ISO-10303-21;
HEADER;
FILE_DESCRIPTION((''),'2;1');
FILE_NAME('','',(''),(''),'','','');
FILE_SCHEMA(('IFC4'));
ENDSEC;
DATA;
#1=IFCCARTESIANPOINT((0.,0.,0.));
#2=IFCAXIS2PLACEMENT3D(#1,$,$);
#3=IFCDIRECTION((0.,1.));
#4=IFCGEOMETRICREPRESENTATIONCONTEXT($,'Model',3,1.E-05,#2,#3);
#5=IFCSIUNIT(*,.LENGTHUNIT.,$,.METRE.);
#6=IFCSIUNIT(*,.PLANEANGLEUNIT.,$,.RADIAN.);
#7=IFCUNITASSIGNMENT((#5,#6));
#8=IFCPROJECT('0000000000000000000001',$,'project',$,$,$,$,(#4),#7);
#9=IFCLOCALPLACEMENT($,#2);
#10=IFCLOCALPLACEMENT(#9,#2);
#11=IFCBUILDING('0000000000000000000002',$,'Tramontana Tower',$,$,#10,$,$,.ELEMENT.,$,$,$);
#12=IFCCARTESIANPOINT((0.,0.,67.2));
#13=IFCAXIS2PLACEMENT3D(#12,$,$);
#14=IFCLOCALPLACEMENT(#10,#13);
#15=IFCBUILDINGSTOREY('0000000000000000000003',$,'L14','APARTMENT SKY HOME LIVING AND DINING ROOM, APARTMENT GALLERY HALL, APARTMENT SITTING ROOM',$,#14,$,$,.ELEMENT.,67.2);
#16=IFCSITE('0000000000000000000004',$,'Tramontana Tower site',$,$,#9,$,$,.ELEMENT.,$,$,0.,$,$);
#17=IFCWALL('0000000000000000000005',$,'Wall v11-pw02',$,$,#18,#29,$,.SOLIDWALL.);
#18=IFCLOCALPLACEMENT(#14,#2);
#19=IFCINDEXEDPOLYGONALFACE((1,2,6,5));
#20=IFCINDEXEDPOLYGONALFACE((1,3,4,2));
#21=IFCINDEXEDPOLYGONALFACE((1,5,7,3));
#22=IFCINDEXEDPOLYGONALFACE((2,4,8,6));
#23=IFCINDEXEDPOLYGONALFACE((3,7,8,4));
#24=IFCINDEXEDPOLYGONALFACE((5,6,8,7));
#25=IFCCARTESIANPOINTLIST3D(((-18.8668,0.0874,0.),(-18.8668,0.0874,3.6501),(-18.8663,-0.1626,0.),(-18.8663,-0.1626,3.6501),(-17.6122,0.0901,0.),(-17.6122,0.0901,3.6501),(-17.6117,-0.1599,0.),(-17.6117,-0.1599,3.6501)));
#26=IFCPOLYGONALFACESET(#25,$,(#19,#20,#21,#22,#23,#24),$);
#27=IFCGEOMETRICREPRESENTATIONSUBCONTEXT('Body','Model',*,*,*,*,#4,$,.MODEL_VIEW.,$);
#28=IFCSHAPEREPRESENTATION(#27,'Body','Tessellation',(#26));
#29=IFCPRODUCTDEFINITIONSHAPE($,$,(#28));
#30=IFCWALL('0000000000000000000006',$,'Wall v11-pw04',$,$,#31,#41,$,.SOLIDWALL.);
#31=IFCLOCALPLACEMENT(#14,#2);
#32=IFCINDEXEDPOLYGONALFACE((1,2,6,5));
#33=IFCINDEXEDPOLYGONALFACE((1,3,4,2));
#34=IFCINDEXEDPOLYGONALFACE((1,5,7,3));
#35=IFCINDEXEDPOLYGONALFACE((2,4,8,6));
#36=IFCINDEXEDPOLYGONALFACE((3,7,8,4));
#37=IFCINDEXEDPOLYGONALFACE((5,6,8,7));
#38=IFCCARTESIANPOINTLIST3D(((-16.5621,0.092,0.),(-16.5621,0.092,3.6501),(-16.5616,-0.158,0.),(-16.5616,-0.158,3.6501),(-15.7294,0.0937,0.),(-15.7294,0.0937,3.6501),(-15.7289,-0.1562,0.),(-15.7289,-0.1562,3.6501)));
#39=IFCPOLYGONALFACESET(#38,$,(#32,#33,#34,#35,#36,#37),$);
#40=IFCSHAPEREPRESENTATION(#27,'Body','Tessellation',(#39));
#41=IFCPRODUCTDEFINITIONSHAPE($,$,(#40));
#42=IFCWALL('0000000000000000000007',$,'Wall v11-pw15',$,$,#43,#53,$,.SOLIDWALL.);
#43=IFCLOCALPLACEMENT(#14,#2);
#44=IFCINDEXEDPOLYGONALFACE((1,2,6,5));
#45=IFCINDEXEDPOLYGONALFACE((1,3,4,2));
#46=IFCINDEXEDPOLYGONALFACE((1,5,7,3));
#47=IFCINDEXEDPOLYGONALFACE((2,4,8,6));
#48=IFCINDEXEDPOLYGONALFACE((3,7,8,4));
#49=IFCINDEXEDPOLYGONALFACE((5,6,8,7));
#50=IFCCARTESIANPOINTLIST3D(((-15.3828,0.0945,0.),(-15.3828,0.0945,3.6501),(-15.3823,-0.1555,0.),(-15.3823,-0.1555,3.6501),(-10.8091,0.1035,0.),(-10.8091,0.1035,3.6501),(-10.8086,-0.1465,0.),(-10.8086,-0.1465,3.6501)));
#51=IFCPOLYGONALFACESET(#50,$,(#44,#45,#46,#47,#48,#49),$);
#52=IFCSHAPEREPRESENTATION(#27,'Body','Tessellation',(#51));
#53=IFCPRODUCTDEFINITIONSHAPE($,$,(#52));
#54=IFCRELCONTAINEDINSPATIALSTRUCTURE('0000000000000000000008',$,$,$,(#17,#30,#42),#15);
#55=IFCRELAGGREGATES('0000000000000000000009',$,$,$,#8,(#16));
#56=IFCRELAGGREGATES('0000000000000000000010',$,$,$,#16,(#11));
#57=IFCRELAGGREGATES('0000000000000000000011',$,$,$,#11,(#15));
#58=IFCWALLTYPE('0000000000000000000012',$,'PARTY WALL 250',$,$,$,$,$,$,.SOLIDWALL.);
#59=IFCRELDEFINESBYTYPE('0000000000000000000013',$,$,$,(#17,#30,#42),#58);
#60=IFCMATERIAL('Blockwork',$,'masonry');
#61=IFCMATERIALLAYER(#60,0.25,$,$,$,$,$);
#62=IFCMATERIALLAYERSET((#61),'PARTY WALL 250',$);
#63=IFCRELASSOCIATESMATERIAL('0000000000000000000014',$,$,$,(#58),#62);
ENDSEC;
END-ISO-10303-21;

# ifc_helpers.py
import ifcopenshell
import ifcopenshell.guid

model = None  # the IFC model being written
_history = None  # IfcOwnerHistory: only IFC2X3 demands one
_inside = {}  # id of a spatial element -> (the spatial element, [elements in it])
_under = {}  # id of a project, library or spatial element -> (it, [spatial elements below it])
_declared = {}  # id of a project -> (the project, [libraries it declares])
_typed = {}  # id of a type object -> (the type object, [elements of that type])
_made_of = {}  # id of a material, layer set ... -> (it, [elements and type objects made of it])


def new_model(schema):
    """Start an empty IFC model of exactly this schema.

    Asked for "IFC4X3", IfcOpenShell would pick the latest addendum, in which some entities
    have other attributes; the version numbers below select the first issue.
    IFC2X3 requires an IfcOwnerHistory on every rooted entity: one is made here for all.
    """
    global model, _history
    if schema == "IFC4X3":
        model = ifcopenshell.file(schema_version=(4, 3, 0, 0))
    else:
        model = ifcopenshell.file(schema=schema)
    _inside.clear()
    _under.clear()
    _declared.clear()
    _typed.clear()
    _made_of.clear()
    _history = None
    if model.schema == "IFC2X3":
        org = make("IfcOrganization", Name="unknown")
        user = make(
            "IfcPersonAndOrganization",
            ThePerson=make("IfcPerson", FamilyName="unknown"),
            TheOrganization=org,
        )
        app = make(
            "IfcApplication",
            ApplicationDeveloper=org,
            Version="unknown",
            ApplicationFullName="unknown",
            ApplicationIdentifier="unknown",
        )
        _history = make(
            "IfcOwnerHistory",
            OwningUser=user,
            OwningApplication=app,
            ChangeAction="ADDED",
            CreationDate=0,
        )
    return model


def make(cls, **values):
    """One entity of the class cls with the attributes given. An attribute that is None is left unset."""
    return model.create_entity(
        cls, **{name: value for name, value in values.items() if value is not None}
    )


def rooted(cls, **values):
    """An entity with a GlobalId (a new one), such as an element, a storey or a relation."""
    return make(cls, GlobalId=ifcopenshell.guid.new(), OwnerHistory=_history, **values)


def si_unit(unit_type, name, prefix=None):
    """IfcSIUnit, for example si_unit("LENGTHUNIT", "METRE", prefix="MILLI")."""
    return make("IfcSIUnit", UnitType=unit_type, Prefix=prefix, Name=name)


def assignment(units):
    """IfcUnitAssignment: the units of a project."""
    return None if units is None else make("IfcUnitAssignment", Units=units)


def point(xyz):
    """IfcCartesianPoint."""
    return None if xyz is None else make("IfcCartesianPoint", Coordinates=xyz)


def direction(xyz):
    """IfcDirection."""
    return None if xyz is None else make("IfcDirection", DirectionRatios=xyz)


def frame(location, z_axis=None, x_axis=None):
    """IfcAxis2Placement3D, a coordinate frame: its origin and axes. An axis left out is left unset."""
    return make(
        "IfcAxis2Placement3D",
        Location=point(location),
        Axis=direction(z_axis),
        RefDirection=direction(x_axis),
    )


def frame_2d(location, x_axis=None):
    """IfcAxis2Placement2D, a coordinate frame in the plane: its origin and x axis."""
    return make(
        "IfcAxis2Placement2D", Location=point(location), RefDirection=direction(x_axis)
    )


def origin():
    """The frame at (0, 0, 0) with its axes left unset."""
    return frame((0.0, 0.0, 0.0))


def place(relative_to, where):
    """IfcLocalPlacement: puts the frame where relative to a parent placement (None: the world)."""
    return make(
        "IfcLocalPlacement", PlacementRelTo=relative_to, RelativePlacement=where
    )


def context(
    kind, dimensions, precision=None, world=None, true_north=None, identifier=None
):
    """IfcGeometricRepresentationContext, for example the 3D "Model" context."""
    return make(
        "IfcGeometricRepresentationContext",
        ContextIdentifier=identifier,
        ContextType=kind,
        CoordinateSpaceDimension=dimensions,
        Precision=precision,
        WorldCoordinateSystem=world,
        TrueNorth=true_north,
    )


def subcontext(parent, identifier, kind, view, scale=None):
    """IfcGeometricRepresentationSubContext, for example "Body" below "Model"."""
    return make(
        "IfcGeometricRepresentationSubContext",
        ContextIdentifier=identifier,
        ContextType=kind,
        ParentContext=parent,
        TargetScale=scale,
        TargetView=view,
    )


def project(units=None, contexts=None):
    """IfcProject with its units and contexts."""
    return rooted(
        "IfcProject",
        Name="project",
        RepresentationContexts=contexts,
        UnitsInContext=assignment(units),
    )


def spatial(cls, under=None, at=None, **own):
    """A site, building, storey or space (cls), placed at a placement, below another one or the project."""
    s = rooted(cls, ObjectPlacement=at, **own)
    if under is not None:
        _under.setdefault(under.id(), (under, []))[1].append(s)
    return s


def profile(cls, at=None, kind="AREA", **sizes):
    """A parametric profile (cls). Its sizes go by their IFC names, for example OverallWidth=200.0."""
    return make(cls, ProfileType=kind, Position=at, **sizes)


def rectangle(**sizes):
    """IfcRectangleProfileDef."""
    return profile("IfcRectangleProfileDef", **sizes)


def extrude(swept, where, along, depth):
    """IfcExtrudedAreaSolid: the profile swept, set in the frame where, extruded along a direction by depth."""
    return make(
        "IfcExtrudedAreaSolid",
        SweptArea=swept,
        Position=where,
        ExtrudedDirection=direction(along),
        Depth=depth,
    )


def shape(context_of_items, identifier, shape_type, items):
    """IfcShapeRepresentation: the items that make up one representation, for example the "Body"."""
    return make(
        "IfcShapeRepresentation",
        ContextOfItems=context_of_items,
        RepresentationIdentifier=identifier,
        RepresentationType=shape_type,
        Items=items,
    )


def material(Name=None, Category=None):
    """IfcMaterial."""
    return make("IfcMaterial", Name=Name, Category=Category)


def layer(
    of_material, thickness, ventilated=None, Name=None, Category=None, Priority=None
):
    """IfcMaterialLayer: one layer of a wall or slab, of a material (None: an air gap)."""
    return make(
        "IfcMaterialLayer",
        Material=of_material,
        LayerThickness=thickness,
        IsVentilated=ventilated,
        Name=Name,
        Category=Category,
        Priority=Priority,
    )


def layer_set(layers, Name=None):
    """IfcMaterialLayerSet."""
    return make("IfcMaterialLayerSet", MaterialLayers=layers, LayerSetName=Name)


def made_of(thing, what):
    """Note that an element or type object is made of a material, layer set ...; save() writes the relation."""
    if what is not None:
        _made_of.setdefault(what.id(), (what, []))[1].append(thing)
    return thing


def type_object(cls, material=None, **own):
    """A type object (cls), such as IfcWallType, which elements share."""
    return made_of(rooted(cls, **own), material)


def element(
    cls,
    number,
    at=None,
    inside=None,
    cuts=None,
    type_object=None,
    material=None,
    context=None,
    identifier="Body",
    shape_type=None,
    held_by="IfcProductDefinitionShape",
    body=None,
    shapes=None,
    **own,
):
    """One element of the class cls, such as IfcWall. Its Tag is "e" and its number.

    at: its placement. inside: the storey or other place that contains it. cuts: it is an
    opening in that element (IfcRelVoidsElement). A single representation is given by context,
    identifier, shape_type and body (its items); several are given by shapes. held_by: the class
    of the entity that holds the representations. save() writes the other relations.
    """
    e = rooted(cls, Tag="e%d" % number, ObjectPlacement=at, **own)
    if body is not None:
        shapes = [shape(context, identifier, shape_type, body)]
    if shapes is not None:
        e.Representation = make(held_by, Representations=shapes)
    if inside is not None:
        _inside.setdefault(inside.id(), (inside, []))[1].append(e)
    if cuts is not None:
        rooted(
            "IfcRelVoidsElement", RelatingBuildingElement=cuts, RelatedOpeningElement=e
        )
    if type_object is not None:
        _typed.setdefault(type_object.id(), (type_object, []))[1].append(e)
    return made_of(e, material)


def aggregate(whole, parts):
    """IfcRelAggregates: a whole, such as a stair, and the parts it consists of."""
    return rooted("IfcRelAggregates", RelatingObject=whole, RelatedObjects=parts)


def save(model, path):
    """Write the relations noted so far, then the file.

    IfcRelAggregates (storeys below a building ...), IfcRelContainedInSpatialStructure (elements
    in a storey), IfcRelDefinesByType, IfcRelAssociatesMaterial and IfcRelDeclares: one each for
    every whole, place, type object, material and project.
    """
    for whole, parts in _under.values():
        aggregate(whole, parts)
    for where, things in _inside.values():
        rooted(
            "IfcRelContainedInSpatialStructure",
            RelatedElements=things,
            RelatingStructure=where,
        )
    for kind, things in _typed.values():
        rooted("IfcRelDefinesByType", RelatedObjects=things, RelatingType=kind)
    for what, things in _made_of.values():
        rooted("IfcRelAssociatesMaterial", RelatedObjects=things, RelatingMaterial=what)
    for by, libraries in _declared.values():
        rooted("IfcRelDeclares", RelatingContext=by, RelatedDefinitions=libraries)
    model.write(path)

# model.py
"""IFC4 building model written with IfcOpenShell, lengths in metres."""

from ifc_helpers import new_model, si_unit, direction, frame, frame_2d, origin, place, context, subcontext, project, spatial, rectangle, extrude, material, layer, layer_set, type_object, element, save


model = new_model("IFC4")

# Units and contexts
model_context = context("Model", 3, precision=1e-05, world=origin(), true_north=direction((0.0, 1.0)))
body_context = subcontext(model_context, "Body", "Model", "MODEL_VIEW")
ifc_project = project(units=[si_unit("LENGTHUNIT", "METRE"), si_unit("PLANEANGLEUNIT", "RADIAN")], contexts=[model_context])

# Site, building, storey
site_placement = place(None, origin())
site = spatial("IfcSite", under=ifc_project, at=site_placement, Name="Tramontana Tower site", CompositionType="ELEMENT", RefElevation=0.0)
building_placement = place(site_placement, origin())
building = spatial("IfcBuilding", under=site, at=building_placement, Name="Tramontana Tower", CompositionType="ELEMENT")
storey_placement = place(building_placement, frame((0.0, 0.0, 67.2)))
storey = spatial("IfcBuildingStorey", under=building, at=storey_placement, Name="L14", Description="APARTMENT SKY HOME LIVING AND DINING ROOM, APARTMENT GALLERY HALL, APARTMENT SITTING ROOM", CompositionType="ELEMENT", Elevation=67.2)

# Walls
ifc_material_1 = material(Name="Blockwork", Category="masonry")
ifc_layer_1 = layer(ifc_material_1, 0.25)
ifc_layer_set_1 = layer_set([ifc_layer_1], Name="PARTY WALL 250")
wall_type_1 = type_object("IfcWallType", Name="PARTY WALL 250", PredefinedType="SOLIDWALL", material=ifc_layer_set_1)
wall_1_placement = place(storey_placement, frame((-17.6118, -0.0349, 0.0), z_axis=(0.0, 0.0, 1.0), x_axis=(-0.999998, -0.00214, 0.0)))
element("IfcWall", 1, at=wall_1_placement, inside=storey, type_object=wall_type_1, Name="Wall v11-pw02", PredefinedType="SOLIDWALL", context=body_context, shape_type="SweptSolid", body=[
    extrude(rectangle(XDim=1.2546, YDim=0.25, at=frame_2d((0.6274, 0.0))), origin(), (0.0, 0.0, 1.0), 3.6501),
])
wall_2_placement = place(storey_placement, frame((-15.729, -0.0312, 0.0), z_axis=(0.0, 0.0, 1.0), x_axis=(-0.999998, -0.002052, 0.0)))
element("IfcWall", 2, at=wall_2_placement, inside=storey, type_object=wall_type_1, Name="Wall v11-pw04", PredefinedType="SOLIDWALL", context=body_context, shape_type="SweptSolid", body=[
    extrude(rectangle(XDim=0.8328, YDim=0.25, at=frame_2d((0.4165, 0.0))), origin(), (0.0, 0.0, 1.0), 3.6501),
])
wall_3_placement = place(storey_placement, frame((-10.8088, -0.0215, 0.0), z_axis=(0.0, 0.0, 1.0), x_axis=(-0.999998, -0.001975, 0.0)))
element("IfcWall", 3, at=wall_3_placement, inside=storey, type_object=wall_type_1, Name="Wall v11-pw15", PredefinedType="SOLIDWALL", context=body_context, shape_type="SweptSolid", body=[
    extrude(rectangle(XDim=4.5737, YDim=0.25, at=frame_2d((2.2869, 0.0))), origin(), (0.0, 0.0, 1.0), 3.6501),
])

save(model, "model.ifc")
